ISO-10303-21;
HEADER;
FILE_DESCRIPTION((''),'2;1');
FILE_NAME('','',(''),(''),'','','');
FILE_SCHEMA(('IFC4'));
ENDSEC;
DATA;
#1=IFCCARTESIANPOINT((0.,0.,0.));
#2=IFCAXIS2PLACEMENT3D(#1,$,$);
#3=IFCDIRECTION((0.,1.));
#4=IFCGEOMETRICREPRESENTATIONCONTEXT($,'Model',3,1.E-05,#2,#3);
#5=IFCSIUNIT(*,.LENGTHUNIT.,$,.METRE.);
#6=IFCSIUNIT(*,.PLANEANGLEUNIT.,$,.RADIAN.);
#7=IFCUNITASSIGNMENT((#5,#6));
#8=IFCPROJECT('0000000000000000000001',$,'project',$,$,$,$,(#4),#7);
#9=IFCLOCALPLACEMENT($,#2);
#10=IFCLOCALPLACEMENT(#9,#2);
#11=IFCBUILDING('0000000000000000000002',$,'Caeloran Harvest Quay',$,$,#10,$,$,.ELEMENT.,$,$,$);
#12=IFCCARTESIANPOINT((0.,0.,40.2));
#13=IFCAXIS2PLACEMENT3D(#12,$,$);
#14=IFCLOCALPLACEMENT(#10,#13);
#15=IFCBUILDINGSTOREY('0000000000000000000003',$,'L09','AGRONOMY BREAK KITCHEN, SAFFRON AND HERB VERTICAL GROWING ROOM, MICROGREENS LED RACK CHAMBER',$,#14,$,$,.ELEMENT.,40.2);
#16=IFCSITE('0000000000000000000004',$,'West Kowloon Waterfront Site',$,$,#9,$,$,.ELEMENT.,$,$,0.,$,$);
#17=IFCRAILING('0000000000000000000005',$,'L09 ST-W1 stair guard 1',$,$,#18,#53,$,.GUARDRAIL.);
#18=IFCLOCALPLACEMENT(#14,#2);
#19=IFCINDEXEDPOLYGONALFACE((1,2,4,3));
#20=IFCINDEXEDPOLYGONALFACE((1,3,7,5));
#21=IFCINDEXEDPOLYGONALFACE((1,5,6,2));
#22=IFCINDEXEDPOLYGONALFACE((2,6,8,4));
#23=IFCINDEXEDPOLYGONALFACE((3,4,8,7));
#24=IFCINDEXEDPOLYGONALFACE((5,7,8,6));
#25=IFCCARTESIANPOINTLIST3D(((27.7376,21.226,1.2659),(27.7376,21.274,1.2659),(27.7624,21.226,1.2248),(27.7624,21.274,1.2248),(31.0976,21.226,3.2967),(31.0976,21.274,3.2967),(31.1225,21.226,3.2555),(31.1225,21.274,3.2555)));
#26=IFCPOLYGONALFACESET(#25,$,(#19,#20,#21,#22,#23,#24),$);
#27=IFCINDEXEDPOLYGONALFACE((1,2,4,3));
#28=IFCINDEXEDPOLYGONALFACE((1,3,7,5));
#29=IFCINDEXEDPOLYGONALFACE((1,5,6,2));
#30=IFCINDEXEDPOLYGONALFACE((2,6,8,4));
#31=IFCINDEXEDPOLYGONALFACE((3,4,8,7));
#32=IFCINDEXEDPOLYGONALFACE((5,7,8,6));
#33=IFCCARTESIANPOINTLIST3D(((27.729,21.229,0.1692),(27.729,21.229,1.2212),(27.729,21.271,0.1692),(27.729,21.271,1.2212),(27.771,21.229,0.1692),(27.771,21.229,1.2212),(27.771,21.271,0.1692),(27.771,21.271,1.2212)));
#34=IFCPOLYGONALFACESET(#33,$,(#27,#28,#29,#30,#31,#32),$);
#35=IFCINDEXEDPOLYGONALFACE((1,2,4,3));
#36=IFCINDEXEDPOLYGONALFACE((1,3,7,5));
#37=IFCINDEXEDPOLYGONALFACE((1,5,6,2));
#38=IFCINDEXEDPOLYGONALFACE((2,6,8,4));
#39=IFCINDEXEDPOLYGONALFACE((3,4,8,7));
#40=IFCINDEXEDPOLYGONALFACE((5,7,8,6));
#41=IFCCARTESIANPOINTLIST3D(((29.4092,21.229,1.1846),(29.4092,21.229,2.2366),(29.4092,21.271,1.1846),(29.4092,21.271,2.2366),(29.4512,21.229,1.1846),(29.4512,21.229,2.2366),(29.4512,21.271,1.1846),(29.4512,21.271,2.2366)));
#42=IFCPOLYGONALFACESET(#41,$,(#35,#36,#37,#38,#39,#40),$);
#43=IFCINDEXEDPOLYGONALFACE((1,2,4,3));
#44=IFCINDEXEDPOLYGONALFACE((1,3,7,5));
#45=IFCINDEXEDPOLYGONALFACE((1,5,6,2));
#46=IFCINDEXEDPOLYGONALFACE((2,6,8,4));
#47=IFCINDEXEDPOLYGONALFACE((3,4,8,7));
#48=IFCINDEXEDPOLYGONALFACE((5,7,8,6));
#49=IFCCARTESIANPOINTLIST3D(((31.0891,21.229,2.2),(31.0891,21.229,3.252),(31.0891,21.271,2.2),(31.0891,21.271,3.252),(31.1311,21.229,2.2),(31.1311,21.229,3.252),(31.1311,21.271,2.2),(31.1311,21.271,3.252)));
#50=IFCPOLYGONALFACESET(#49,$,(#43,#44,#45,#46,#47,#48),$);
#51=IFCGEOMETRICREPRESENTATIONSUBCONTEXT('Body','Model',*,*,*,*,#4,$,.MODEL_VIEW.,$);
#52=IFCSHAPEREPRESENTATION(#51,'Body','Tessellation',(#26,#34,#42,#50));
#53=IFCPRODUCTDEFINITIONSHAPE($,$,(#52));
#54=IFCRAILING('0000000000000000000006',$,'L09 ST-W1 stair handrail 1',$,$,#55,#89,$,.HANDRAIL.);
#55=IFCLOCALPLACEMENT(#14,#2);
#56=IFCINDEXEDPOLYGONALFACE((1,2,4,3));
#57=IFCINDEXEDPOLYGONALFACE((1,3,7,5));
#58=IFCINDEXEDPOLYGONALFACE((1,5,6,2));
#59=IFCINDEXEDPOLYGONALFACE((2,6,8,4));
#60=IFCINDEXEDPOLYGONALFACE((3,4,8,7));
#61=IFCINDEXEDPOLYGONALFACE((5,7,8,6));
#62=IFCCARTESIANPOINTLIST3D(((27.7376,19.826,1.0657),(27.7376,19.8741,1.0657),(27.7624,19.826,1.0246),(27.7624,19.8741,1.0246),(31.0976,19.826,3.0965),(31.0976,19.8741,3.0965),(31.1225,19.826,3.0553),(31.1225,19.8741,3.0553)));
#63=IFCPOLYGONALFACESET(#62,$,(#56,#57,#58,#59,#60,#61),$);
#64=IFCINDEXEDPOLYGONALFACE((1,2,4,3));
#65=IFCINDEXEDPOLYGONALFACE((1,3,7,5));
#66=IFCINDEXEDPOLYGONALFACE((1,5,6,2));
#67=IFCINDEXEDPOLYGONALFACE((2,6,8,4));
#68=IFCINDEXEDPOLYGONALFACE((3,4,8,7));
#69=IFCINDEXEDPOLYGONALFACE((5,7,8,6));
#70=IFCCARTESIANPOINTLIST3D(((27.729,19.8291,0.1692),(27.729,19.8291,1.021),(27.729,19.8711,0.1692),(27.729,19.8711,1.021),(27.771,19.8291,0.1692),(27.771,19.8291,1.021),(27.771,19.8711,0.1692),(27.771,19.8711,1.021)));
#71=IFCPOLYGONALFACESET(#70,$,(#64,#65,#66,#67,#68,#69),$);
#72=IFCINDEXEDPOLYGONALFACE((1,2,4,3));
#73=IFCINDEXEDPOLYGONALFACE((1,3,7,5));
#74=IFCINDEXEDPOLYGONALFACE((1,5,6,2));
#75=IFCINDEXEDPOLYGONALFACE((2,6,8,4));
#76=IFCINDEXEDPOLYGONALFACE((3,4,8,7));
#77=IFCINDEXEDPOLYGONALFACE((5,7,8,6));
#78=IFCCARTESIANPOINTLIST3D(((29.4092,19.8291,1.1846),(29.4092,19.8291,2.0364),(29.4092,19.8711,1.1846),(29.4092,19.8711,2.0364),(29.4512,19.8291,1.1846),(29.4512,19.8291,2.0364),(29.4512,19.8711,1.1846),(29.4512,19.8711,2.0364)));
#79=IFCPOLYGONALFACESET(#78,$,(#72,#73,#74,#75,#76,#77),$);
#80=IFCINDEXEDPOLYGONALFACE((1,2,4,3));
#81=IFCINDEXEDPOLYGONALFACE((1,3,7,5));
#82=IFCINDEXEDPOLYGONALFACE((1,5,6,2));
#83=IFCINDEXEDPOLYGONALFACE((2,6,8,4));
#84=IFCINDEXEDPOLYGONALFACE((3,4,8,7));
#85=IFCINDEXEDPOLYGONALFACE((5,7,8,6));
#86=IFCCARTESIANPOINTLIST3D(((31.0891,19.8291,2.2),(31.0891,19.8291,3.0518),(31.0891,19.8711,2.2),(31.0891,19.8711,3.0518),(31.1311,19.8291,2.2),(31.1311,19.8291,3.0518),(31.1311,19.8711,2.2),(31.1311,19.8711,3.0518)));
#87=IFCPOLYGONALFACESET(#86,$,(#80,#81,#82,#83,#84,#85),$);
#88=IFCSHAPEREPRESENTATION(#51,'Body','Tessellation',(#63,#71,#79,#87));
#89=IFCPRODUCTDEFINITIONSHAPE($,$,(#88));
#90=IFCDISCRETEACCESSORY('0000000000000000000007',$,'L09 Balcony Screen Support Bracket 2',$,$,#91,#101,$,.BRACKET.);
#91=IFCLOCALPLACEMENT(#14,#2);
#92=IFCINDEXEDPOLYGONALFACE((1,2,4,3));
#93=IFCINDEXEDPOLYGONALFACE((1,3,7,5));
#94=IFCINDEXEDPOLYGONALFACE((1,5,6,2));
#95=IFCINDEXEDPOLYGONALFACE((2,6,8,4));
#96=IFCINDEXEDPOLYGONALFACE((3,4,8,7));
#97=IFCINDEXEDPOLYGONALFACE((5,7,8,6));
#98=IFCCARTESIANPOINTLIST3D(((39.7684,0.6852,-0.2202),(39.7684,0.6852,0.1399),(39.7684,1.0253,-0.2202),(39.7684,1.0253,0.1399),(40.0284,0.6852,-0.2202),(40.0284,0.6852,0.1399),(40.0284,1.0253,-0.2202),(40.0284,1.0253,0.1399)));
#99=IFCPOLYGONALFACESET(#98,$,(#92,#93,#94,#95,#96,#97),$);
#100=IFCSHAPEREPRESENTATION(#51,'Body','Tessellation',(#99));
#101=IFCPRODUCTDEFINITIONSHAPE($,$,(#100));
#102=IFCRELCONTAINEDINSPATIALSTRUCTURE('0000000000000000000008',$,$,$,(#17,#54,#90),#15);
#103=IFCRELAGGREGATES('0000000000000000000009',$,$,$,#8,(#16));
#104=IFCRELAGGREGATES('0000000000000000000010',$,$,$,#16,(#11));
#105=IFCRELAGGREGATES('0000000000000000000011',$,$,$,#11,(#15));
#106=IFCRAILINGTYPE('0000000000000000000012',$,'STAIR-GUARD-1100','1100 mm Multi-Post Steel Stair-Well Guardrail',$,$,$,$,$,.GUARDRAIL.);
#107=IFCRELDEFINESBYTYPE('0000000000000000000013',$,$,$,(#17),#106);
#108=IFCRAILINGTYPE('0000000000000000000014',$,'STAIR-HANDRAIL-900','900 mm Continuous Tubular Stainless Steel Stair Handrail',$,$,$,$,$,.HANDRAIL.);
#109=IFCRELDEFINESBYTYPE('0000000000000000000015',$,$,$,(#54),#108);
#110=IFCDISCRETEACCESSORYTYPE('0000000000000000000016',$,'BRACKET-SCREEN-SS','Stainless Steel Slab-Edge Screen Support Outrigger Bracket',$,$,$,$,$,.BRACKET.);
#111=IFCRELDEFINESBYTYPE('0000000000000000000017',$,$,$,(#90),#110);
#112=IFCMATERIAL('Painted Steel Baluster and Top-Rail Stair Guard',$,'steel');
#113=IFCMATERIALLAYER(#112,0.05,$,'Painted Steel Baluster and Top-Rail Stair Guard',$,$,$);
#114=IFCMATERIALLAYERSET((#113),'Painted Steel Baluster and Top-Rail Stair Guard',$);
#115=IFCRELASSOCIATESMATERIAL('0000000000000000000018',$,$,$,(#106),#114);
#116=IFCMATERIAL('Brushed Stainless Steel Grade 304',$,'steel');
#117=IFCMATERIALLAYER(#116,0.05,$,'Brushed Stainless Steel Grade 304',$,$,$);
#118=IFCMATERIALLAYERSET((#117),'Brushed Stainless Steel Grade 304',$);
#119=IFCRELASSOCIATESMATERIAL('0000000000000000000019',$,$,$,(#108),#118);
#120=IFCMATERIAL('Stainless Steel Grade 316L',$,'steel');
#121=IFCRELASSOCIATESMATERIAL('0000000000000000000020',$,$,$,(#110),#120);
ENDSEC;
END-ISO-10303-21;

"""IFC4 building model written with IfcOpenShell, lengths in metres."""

from ifc_helpers import new_model, si_unit, direction, frame, origin, origin_2d, place, context, subcontext, project, spatial, rectangle, extrude, material, layer, layer_set, type_object, element, save


model = new_model("IFC4")

# Units and contexts
model_context = context("Model", 3, precision=1e-05, world=origin(), true_north=direction((0.0, 1.0)))
body_context = subcontext(model_context, "Body", "Model", "MODEL_VIEW")
ifc_project = project(units=[si_unit("LENGTHUNIT", "METRE"), si_unit("PLANEANGLEUNIT", "RADIAN")], contexts=[model_context])

# Site, building, storey
site_placement = place(None, origin())
site = spatial("IfcSite", under=ifc_project, at=site_placement, Name="West Kowloon Waterfront Site", CompositionType="ELEMENT", RefElevation=0.0)
building_placement = place(site_placement, origin())
building = spatial("IfcBuilding", under=site, at=building_placement, Name="Caeloran Harvest Quay", CompositionType="ELEMENT")
storey_placement = place(building_placement, frame((0.0, 0.0, 40.2)))
storey = spatial("IfcBuildingStorey", under=building, at=storey_placement, Name="L09", Description="AGRONOMY BREAK KITCHEN, SAFFRON AND HERB VERTICAL GROWING ROOM, MICROGREENS LED RACK CHAMBER", CompositionType="ELEMENT", Elevation=40.2)

# Railings
ifc_material_1 = material(Name="Painted Steel Baluster and Top-Rail Stair Guard", Category="steel")
ifc_layer_1 = layer(ifc_material_1, 0.05, Name="Painted Steel Baluster and Top-Rail Stair Guard")
ifc_layer_set_1 = layer_set([ifc_layer_1], Name="Painted Steel Baluster and Top-Rail Stair Guard")
railing_type_1 = type_object("IfcRailingType", Name="STAIR-GUARD-1100", Description="1100 mm Multi-Post Steel Stair-Well Guardrail", PredefinedType="GUARDRAIL", material=ifc_layer_set_1)
railing_1_placement = place(storey_placement, frame((27.75, 21.25, 0.1692)))
element("IfcRailing", 1, at=railing_1_placement, inside=storey, type_object=railing_type_1, Name="L09 ST-W1 stair guard 1", PredefinedType="GUARDRAIL", context=body_context, shape_type="SweptSolid", body=[
    extrude(rectangle(XDim=0.0481, YDim=0.0481, at=origin_2d()), frame((0.0, 0.0, 1.0762), z_axis=(0.855837, 0.0, 0.517246), x_axis=(0.0, 1.0, 0.0)), (0.0, 0.0, 1.0), 3.926),
    extrude(rectangle(XDim=0.042, YDim=0.042, at=origin_2d()), origin(), (0.0, 0.0, 1.0), 1.052),
    extrude(rectangle(XDim=0.042, YDim=0.042, at=origin_2d()), frame((1.6802, 0.0, 1.0154)), (0.0, 0.0, 1.0), 1.052),
    extrude(rectangle(XDim=0.042, YDim=0.042, at=origin_2d()), frame((3.3601, 0.0, 2.0308)), (0.0, 0.0, 1.0), 1.052),
])
ifc_material_2 = material(Name="Brushed Stainless Steel Grade 304", Category="steel")
ifc_layer_2 = layer(ifc_material_2, 0.05, Name="Brushed Stainless Steel Grade 304")
ifc_layer_set_2 = layer_set([ifc_layer_2], Name="Brushed Stainless Steel Grade 304")
railing_type_2 = type_object("IfcRailingType", Name="STAIR-HANDRAIL-900", Description="900 mm Continuous Tubular Stainless Steel Stair Handrail", PredefinedType="HANDRAIL", material=ifc_layer_set_2)
railing_2_placement = place(storey_placement, frame((27.75, 19.8501, 0.1692)))
element("IfcRailing", 2, at=railing_2_placement, inside=storey, type_object=railing_type_2, Name="L09 ST-W1 stair handrail 1", PredefinedType="HANDRAIL", context=body_context, shape_type="SweptSolid", body=[
    extrude(rectangle(XDim=0.0481, YDim=0.0481, at=origin_2d()), frame((0.0, 0.0, 0.876), z_axis=(0.855837, 0.0, 0.517246), x_axis=(0.0, 1.0, 0.0)), (0.0, 0.0, 1.0), 3.926),
    extrude(rectangle(XDim=0.042, YDim=0.042, at=origin_2d()), origin(), (0.0, 0.0, 1.0), 0.8518),
    extrude(rectangle(XDim=0.042, YDim=0.042, at=origin_2d()), frame((1.6802, 0.0, 1.0154)), (0.0, 0.0, 1.0), 0.8518),
    extrude(rectangle(XDim=0.042, YDim=0.042, at=origin_2d()), frame((3.3601, 0.0, 2.0308)), (0.0, 0.0, 1.0), 0.8518),
])

# Discrete accessory
ifc_material_3 = material(Name="Stainless Steel Grade 316L", Category="steel")
discrete_accessory_type = type_object("IfcDiscreteAccessoryType", Name="BRACKET-SCREEN-SS", Description="Stainless Steel Slab-Edge Screen Support Outrigger Bracket", PredefinedType="BRACKET", material=ifc_material_3)
discrete_accessory_placement = place(storey_placement, frame((39.8984, 0.8552, -0.2202), z_axis=(0.0, 0.0, 1.0), x_axis=(1.0, 0.0, 0.0)))
element("IfcDiscreteAccessory", 3, at=discrete_accessory_placement, inside=storey, type_object=discrete_accessory_type, Name="L09 Balcony Screen Support Bracket 2", PredefinedType="BRACKET", context=body_context, shape_type="SweptSolid", body=[
    extrude(rectangle(XDim=0.26, YDim=0.3401, at=origin_2d()), origin(), (0.0, 0.0, 1.0), 0.3601),
])

save(model, "model.ifc")
